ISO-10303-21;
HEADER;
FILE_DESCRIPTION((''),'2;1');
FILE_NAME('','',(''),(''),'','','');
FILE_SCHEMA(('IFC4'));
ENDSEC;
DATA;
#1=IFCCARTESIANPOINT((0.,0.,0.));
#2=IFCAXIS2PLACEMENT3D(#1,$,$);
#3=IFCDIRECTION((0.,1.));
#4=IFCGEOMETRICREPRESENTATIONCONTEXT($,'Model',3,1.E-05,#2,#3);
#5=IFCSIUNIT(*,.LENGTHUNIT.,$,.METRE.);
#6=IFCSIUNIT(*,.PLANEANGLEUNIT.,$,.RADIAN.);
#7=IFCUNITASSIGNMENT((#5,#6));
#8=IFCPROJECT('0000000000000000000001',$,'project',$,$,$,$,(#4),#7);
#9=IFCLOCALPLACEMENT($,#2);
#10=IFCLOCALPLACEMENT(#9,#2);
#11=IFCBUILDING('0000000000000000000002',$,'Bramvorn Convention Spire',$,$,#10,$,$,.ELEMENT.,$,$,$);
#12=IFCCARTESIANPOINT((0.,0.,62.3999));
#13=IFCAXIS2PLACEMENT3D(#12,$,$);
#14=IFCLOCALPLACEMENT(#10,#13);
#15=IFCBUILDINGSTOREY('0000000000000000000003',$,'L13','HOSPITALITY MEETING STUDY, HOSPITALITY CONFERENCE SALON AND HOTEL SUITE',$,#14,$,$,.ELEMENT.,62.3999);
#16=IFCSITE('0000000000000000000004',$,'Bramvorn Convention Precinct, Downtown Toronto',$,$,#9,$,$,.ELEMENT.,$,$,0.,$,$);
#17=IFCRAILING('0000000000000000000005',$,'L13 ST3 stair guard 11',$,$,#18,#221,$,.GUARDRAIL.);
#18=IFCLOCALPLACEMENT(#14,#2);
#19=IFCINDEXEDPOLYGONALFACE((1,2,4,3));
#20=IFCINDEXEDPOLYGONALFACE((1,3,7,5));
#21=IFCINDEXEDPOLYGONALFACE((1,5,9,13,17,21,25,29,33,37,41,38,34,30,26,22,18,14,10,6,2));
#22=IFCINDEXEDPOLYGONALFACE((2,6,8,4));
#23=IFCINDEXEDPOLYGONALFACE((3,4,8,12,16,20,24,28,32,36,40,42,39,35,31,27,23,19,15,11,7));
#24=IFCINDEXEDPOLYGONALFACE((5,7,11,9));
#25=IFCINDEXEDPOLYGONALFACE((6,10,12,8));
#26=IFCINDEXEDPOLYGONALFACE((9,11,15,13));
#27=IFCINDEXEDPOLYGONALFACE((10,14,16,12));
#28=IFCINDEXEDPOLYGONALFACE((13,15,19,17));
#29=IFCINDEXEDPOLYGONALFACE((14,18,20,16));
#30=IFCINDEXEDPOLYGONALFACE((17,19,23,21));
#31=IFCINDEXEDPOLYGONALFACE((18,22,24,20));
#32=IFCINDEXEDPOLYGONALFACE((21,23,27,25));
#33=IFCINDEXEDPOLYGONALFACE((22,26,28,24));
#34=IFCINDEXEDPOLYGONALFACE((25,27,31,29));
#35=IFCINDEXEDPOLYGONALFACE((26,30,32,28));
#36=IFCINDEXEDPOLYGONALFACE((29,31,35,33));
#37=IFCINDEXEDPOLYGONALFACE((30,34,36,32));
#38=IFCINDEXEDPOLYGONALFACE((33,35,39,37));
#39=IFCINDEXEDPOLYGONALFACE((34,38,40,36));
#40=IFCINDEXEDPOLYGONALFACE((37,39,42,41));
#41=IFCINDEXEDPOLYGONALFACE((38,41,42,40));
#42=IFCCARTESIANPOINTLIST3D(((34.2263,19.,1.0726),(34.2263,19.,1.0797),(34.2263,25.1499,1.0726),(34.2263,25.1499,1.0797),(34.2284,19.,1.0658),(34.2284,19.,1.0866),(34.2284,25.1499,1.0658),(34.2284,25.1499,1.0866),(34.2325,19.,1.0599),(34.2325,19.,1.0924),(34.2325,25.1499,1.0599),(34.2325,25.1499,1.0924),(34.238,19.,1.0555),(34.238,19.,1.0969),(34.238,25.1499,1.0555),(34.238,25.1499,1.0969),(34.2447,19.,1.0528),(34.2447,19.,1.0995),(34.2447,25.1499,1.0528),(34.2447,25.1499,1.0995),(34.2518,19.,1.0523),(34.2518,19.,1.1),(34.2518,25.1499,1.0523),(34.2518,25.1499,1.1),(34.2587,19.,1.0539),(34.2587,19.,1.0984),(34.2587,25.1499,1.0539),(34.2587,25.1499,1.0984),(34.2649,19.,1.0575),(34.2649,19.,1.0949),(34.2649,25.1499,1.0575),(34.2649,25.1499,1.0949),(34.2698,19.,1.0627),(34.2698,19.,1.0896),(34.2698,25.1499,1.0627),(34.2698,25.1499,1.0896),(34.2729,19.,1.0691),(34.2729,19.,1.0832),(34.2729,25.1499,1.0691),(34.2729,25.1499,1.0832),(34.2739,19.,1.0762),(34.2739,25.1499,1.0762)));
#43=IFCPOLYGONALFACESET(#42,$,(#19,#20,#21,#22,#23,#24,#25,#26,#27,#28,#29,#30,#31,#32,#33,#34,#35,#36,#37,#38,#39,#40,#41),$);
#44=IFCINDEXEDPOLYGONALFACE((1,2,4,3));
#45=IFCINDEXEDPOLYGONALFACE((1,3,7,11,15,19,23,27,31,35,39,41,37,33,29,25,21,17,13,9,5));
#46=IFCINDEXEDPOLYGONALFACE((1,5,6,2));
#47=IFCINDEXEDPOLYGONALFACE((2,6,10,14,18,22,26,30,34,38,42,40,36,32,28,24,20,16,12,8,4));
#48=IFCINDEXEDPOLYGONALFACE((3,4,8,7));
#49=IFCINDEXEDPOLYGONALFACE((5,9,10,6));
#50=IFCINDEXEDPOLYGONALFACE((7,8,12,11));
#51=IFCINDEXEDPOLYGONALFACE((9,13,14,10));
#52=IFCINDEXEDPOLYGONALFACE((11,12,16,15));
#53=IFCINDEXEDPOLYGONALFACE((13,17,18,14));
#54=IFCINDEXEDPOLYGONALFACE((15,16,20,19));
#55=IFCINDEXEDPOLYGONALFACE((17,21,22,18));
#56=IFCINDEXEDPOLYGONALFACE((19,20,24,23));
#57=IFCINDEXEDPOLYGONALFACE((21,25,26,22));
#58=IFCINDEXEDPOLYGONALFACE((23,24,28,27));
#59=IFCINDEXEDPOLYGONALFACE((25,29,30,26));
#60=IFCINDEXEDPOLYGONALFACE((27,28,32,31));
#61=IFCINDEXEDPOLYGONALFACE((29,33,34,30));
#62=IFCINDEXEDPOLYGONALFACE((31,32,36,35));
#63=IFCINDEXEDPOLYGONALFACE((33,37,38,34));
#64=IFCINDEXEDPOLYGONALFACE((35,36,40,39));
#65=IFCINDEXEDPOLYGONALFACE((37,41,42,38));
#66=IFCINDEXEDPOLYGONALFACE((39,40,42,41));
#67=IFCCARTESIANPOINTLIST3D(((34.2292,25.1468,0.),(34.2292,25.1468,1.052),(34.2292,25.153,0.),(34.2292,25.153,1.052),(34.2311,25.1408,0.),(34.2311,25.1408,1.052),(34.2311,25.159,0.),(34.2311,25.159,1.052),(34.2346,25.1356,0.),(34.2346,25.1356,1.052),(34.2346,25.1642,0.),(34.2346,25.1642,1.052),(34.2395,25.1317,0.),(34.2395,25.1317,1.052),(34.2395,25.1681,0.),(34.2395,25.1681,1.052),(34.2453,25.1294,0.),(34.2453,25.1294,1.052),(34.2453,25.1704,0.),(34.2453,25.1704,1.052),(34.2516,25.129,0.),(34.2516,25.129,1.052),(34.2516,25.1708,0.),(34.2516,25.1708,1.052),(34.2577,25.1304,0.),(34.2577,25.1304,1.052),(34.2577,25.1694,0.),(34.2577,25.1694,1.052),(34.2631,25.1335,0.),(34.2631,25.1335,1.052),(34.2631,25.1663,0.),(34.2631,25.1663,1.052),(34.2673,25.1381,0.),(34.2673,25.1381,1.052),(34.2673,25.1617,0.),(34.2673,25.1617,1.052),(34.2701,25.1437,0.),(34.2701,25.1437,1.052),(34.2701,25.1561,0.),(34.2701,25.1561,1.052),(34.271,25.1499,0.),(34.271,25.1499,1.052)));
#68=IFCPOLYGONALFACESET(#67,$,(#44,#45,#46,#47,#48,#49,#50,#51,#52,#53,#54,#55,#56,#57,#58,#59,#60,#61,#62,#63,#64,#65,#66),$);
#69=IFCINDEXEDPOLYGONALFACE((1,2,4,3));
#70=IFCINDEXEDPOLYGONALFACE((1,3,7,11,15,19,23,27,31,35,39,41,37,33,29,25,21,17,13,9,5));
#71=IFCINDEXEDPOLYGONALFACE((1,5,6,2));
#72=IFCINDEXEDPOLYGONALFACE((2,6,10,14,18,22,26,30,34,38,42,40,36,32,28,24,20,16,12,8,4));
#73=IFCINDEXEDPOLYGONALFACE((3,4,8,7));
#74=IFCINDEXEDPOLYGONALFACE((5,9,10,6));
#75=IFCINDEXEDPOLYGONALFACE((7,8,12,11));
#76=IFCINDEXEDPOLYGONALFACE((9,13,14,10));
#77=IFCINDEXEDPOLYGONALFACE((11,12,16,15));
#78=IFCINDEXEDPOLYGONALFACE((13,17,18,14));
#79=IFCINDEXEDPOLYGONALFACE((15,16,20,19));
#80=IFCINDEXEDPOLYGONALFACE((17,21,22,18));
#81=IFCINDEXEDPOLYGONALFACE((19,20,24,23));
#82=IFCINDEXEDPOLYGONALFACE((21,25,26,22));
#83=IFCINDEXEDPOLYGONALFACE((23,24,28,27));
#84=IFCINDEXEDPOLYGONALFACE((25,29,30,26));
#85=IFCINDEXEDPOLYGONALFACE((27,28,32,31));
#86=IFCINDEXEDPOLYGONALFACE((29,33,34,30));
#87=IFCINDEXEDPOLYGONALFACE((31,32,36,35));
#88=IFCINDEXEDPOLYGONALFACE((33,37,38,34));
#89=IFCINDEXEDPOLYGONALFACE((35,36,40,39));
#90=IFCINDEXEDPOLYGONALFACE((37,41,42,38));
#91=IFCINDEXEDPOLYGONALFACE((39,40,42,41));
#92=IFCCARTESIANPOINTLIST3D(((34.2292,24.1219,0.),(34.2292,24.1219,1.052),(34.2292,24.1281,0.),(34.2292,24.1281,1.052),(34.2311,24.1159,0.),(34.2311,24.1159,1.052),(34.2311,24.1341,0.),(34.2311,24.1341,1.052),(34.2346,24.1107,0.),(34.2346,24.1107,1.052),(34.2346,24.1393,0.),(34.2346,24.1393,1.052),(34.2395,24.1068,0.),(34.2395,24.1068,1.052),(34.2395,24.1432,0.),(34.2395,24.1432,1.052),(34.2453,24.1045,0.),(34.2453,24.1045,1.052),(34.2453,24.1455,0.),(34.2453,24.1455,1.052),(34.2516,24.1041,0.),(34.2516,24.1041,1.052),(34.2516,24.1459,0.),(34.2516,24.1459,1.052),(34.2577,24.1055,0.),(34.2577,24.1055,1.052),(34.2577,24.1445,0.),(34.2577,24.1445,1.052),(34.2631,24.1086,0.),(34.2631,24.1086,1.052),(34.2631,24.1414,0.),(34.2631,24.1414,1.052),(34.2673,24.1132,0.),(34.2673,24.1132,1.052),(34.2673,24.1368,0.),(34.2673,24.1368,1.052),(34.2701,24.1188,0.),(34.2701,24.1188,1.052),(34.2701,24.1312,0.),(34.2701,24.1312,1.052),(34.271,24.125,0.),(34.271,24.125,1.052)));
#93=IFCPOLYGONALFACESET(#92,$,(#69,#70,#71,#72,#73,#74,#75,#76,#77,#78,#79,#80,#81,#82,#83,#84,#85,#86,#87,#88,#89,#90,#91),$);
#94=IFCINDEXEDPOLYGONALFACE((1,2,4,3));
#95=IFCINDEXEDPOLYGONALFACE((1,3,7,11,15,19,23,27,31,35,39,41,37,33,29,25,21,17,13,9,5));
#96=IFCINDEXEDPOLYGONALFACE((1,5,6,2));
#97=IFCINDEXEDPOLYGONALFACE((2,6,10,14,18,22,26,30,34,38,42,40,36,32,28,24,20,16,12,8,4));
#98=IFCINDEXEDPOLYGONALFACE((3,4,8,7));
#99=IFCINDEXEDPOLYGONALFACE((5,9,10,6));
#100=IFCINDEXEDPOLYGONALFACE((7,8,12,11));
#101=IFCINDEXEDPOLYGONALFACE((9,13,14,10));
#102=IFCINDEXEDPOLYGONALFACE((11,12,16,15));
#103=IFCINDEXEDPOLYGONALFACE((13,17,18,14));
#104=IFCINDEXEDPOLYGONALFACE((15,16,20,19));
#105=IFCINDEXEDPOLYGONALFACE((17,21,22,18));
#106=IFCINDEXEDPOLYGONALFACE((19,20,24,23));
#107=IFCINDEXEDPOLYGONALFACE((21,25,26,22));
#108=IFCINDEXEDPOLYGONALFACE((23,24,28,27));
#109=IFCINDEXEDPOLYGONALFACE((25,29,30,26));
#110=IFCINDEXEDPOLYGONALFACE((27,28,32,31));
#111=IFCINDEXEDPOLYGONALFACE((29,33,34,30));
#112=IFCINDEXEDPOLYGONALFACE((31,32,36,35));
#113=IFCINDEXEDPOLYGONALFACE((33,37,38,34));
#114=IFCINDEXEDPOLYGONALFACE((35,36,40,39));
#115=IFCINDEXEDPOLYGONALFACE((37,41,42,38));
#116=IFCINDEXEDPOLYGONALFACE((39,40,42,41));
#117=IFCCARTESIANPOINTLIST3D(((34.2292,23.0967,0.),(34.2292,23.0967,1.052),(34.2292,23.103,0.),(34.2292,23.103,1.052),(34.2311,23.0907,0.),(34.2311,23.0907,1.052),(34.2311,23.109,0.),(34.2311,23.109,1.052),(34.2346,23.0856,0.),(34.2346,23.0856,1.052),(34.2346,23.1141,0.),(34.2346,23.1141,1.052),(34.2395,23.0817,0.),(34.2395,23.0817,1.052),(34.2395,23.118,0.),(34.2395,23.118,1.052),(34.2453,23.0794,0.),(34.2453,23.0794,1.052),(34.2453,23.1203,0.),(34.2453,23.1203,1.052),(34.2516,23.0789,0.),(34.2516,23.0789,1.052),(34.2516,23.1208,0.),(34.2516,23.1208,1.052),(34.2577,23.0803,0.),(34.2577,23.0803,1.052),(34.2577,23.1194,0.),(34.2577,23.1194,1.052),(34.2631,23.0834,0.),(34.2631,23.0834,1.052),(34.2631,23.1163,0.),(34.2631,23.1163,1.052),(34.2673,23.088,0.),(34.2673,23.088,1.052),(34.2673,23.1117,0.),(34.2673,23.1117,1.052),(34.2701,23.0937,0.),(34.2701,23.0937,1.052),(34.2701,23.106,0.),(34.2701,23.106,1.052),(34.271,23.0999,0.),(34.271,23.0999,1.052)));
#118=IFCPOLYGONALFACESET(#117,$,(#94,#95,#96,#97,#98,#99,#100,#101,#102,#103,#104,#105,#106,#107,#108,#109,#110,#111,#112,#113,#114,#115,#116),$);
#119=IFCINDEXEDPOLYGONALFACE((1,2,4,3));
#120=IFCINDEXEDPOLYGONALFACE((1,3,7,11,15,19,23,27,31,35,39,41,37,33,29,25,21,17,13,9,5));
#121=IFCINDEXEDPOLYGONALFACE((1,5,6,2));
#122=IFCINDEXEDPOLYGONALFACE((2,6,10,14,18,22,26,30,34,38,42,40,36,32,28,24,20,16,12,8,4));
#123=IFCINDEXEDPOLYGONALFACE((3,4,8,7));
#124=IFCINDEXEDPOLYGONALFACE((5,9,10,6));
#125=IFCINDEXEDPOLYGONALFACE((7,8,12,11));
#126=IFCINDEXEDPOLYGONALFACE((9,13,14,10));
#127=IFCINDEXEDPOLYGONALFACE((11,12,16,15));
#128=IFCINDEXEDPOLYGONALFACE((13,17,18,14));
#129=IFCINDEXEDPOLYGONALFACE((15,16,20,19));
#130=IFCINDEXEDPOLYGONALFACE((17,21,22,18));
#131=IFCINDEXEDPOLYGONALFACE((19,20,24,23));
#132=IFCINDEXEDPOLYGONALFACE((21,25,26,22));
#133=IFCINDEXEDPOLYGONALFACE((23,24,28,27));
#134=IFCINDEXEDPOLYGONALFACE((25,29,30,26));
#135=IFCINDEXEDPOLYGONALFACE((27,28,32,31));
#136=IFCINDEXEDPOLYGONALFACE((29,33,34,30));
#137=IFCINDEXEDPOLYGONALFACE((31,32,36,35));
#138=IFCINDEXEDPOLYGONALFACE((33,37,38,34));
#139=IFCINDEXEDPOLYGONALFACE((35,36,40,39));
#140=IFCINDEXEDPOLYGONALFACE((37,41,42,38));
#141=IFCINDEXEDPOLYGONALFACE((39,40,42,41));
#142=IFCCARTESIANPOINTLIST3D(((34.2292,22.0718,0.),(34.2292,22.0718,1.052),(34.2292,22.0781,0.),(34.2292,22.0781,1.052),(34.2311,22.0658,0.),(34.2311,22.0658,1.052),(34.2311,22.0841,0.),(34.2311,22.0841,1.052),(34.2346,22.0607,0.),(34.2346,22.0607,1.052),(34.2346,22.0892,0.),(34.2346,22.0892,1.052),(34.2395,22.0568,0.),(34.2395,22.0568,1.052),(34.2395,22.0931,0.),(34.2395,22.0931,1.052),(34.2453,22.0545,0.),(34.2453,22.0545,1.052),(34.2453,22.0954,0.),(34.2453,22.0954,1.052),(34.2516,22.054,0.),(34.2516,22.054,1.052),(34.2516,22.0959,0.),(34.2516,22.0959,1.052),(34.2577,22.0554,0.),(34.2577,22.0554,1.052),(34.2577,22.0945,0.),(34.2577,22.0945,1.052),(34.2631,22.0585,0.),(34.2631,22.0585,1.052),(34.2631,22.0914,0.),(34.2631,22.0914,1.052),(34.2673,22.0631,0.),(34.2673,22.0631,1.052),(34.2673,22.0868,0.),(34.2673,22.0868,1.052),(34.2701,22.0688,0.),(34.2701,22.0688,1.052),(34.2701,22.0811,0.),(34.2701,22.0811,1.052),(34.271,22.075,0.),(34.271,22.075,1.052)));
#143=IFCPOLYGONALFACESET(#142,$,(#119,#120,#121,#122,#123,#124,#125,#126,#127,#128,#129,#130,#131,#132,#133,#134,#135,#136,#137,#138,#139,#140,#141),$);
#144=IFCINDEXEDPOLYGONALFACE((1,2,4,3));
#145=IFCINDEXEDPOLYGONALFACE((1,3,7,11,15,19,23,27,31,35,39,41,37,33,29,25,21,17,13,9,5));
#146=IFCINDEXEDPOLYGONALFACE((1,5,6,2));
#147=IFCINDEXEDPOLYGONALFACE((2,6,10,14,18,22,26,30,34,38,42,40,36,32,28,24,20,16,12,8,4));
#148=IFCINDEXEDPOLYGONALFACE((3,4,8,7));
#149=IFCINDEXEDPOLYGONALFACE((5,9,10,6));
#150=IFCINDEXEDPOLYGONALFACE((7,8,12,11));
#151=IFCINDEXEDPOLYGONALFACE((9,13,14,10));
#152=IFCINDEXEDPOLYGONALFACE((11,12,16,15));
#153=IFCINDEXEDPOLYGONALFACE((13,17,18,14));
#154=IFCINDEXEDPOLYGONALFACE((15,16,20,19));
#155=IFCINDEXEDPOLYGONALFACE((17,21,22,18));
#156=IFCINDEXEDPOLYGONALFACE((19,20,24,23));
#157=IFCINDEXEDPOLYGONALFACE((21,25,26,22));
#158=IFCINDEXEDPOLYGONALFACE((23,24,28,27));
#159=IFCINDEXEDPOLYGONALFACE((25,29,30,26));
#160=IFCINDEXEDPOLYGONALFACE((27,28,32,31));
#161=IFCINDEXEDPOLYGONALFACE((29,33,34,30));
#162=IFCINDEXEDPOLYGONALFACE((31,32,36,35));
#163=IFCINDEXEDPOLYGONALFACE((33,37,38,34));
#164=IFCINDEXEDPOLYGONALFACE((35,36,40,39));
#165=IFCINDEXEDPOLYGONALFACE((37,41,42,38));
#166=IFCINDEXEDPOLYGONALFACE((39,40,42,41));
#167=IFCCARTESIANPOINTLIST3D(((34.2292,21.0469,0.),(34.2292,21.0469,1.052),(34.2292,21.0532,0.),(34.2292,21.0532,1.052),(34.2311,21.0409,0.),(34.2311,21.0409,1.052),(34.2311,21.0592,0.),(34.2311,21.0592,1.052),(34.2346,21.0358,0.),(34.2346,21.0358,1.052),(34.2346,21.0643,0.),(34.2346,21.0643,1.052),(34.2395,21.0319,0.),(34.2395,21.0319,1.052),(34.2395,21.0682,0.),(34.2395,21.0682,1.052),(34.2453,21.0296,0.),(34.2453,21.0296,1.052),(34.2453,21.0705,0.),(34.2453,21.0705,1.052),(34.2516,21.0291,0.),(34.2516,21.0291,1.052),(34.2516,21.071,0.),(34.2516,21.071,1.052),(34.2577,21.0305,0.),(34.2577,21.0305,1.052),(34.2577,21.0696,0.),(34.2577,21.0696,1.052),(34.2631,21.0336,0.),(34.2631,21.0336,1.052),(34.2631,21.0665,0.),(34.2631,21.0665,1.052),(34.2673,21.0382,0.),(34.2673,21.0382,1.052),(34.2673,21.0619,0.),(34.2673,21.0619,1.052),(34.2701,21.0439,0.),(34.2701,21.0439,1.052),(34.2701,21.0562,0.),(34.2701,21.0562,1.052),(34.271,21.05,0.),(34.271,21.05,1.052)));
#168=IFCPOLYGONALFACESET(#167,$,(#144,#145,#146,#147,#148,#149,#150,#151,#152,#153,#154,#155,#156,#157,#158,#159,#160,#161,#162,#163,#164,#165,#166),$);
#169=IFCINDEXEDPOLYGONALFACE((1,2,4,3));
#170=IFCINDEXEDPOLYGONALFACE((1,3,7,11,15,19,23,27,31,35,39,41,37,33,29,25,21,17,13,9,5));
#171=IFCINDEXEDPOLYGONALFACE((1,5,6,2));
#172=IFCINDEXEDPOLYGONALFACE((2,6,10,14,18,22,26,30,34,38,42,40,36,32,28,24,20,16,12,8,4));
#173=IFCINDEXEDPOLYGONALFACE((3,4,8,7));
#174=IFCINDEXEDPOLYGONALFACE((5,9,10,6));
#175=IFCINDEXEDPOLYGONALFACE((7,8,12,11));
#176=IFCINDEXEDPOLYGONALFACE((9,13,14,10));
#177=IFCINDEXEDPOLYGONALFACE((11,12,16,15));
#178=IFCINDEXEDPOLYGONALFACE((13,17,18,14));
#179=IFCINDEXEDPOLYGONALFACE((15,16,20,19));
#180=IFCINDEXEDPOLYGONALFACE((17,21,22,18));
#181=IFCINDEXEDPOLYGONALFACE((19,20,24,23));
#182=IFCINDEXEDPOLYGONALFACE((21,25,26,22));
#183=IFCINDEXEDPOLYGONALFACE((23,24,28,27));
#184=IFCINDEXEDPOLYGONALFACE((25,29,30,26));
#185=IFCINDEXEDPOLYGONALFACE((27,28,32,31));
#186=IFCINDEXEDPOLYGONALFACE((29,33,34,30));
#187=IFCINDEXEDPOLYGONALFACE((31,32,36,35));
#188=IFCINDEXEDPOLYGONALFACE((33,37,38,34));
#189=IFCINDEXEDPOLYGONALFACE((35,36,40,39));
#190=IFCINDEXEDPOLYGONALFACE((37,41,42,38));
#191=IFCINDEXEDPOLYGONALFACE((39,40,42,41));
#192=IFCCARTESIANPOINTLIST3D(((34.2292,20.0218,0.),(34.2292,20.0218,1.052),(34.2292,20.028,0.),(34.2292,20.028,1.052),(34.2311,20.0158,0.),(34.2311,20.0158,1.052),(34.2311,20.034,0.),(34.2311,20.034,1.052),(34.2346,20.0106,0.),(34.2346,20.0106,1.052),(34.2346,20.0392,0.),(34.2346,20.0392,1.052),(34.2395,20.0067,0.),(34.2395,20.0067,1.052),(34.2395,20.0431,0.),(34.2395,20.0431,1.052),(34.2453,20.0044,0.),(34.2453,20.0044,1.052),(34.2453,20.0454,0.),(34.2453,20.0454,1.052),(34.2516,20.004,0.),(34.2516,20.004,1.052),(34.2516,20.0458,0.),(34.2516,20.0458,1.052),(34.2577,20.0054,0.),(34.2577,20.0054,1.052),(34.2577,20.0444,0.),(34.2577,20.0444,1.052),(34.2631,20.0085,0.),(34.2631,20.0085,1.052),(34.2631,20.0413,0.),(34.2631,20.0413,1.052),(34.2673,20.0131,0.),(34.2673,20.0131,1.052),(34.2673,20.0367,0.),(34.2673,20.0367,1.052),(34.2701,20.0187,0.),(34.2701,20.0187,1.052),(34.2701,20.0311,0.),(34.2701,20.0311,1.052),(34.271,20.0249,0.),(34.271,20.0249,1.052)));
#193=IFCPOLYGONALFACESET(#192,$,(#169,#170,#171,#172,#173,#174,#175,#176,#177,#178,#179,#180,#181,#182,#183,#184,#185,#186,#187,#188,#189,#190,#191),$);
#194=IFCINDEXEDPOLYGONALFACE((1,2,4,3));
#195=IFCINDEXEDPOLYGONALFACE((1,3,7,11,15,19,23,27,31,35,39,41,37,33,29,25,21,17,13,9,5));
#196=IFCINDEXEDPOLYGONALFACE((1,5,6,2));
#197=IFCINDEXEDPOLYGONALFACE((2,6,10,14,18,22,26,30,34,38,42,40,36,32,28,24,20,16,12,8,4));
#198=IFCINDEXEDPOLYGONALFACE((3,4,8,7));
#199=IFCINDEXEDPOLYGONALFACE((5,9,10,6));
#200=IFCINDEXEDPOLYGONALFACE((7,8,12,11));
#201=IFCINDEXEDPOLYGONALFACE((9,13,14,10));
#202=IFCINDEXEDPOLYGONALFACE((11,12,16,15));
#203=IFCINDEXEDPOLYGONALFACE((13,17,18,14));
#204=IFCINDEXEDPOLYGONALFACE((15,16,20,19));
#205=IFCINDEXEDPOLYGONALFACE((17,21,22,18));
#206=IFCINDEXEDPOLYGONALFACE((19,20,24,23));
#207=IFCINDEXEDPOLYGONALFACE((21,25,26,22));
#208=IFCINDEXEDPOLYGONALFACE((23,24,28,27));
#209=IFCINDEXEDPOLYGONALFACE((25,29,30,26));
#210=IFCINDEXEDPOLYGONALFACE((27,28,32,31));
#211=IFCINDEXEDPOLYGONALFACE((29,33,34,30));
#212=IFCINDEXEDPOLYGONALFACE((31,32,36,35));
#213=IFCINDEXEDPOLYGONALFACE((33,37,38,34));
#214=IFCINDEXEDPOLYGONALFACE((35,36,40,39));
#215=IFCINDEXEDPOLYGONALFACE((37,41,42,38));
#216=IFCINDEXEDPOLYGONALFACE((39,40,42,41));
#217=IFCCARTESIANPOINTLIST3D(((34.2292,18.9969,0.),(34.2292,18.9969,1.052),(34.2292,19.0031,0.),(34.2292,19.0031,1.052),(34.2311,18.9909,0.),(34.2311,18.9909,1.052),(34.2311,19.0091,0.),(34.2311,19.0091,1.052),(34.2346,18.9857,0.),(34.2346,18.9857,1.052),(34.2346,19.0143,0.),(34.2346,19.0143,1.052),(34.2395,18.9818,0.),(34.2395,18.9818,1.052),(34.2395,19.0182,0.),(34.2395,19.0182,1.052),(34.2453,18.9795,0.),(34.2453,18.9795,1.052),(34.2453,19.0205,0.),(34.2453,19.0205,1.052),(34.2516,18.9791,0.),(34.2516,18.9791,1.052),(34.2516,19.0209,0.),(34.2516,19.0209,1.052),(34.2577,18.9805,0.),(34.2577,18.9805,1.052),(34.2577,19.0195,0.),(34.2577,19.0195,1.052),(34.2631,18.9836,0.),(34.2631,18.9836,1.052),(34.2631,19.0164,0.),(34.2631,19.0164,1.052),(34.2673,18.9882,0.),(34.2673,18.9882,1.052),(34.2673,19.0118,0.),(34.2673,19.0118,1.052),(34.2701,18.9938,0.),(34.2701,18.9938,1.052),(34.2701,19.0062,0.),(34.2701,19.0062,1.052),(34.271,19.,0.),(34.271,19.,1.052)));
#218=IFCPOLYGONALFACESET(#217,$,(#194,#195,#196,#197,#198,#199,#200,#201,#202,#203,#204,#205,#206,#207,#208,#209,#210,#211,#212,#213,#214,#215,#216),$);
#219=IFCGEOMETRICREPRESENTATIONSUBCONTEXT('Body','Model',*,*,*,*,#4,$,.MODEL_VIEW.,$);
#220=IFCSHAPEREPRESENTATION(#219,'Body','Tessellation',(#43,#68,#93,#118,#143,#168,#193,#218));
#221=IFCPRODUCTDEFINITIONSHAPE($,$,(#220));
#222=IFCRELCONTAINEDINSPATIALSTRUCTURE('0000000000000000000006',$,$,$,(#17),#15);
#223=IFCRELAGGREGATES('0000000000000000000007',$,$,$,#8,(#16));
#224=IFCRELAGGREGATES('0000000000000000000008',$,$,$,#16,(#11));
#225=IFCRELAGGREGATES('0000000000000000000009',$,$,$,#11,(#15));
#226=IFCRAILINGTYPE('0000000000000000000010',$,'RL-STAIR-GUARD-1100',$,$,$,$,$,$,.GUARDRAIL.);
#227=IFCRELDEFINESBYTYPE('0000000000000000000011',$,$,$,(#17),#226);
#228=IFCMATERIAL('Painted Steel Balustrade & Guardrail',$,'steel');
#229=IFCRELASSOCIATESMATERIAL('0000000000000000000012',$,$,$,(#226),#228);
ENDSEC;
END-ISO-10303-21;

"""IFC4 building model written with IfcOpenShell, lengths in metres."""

from ifc_helpers import new_model, si_unit, direction, frame, origin, origin_2d, place, context, subcontext, project, spatial, circle, extrude, material, type_object, element, save


model = new_model("IFC4")

# Units and contexts
model_context = context("Model", 3, precision=1e-05, world=origin(), true_north=direction((0.0, 1.0)))
body_context = subcontext(model_context, "Body", "Model", "MODEL_VIEW")
ifc_project = project(units=[si_unit("LENGTHUNIT", "METRE"), si_unit("PLANEANGLEUNIT", "RADIAN")], contexts=[model_context])

# Site, building, storey
site_placement = place(None, origin())
site = spatial("IfcSite", under=ifc_project, at=site_placement, Name="Bramvorn Convention Precinct, Downtown Toronto", CompositionType="ELEMENT", RefElevation=0.0)
building_placement = place(site_placement, origin())
building = spatial("IfcBuilding", under=site, at=building_placement, Name="Bramvorn Convention Spire", CompositionType="ELEMENT")
storey_placement = place(building_placement, frame((0.0, 0.0, 62.3999)))
storey = spatial("IfcBuildingStorey", under=building, at=storey_placement, Name="L13", Description="HOSPITALITY MEETING STUDY, HOSPITALITY CONFERENCE SALON AND HOTEL SUITE", CompositionType="ELEMENT", Elevation=62.3999)

# Railing
ifc_material_1 = material(Name="Painted Steel Balustrade & Guardrail", Category="steel")
railing_type_1 = type_object("IfcRailingType", Name="RL-STAIR-GUARD-1100", PredefinedType="GUARDRAIL", material=ifc_material_1)
railing_1_placement = place(storey_placement, frame((34.25, 25.1499, 0.0)))
element("IfcRailing", 1, at=railing_1_placement, inside=storey, type_object=railing_type_1, Name="L13 ST3 stair guard 11", PredefinedType="GUARDRAIL", context=body_context, shape_type="SweptSolid", body=[
    extrude(circle(Radius=0.0239, at=origin_2d()), frame((0.0, 0.0, 1.0762), z_axis=(0.0, -1.0, 0.0), x_axis=(1.0, 0.0, 0.0)), (0.0, 0.0, 1.0), 6.1499),
    extrude(circle(Radius=0.021, at=origin_2d()), origin(), (0.0, 0.0, 1.0), 1.052),
    extrude(circle(Radius=0.021, at=origin_2d()), frame((0.0, -1.0249, 0.0)), (0.0, 0.0, 1.0), 1.052),
    extrude(circle(Radius=0.021, at=origin_2d()), frame((0.0, -2.05, 0.0)), (0.0, 0.0, 1.0), 1.052),
    extrude(circle(Radius=0.021, at=origin_2d()), frame((0.0, -3.075, 0.0)), (0.0, 0.0, 1.0), 1.052),
    extrude(circle(Radius=0.021, at=origin_2d()), frame((0.0, -4.0999, 0.0)), (0.0, 0.0, 1.0), 1.052),
    extrude(circle(Radius=0.021, at=origin_2d()), frame((0.0, -5.125, 0.0)), (0.0, 0.0, 1.0), 1.052),
    extrude(circle(Radius=0.021, at=origin_2d()), frame((0.0, -6.1499, 0.0)), (0.0, 0.0, 1.0), 1.052),
])

save(model, "model.ifc")
